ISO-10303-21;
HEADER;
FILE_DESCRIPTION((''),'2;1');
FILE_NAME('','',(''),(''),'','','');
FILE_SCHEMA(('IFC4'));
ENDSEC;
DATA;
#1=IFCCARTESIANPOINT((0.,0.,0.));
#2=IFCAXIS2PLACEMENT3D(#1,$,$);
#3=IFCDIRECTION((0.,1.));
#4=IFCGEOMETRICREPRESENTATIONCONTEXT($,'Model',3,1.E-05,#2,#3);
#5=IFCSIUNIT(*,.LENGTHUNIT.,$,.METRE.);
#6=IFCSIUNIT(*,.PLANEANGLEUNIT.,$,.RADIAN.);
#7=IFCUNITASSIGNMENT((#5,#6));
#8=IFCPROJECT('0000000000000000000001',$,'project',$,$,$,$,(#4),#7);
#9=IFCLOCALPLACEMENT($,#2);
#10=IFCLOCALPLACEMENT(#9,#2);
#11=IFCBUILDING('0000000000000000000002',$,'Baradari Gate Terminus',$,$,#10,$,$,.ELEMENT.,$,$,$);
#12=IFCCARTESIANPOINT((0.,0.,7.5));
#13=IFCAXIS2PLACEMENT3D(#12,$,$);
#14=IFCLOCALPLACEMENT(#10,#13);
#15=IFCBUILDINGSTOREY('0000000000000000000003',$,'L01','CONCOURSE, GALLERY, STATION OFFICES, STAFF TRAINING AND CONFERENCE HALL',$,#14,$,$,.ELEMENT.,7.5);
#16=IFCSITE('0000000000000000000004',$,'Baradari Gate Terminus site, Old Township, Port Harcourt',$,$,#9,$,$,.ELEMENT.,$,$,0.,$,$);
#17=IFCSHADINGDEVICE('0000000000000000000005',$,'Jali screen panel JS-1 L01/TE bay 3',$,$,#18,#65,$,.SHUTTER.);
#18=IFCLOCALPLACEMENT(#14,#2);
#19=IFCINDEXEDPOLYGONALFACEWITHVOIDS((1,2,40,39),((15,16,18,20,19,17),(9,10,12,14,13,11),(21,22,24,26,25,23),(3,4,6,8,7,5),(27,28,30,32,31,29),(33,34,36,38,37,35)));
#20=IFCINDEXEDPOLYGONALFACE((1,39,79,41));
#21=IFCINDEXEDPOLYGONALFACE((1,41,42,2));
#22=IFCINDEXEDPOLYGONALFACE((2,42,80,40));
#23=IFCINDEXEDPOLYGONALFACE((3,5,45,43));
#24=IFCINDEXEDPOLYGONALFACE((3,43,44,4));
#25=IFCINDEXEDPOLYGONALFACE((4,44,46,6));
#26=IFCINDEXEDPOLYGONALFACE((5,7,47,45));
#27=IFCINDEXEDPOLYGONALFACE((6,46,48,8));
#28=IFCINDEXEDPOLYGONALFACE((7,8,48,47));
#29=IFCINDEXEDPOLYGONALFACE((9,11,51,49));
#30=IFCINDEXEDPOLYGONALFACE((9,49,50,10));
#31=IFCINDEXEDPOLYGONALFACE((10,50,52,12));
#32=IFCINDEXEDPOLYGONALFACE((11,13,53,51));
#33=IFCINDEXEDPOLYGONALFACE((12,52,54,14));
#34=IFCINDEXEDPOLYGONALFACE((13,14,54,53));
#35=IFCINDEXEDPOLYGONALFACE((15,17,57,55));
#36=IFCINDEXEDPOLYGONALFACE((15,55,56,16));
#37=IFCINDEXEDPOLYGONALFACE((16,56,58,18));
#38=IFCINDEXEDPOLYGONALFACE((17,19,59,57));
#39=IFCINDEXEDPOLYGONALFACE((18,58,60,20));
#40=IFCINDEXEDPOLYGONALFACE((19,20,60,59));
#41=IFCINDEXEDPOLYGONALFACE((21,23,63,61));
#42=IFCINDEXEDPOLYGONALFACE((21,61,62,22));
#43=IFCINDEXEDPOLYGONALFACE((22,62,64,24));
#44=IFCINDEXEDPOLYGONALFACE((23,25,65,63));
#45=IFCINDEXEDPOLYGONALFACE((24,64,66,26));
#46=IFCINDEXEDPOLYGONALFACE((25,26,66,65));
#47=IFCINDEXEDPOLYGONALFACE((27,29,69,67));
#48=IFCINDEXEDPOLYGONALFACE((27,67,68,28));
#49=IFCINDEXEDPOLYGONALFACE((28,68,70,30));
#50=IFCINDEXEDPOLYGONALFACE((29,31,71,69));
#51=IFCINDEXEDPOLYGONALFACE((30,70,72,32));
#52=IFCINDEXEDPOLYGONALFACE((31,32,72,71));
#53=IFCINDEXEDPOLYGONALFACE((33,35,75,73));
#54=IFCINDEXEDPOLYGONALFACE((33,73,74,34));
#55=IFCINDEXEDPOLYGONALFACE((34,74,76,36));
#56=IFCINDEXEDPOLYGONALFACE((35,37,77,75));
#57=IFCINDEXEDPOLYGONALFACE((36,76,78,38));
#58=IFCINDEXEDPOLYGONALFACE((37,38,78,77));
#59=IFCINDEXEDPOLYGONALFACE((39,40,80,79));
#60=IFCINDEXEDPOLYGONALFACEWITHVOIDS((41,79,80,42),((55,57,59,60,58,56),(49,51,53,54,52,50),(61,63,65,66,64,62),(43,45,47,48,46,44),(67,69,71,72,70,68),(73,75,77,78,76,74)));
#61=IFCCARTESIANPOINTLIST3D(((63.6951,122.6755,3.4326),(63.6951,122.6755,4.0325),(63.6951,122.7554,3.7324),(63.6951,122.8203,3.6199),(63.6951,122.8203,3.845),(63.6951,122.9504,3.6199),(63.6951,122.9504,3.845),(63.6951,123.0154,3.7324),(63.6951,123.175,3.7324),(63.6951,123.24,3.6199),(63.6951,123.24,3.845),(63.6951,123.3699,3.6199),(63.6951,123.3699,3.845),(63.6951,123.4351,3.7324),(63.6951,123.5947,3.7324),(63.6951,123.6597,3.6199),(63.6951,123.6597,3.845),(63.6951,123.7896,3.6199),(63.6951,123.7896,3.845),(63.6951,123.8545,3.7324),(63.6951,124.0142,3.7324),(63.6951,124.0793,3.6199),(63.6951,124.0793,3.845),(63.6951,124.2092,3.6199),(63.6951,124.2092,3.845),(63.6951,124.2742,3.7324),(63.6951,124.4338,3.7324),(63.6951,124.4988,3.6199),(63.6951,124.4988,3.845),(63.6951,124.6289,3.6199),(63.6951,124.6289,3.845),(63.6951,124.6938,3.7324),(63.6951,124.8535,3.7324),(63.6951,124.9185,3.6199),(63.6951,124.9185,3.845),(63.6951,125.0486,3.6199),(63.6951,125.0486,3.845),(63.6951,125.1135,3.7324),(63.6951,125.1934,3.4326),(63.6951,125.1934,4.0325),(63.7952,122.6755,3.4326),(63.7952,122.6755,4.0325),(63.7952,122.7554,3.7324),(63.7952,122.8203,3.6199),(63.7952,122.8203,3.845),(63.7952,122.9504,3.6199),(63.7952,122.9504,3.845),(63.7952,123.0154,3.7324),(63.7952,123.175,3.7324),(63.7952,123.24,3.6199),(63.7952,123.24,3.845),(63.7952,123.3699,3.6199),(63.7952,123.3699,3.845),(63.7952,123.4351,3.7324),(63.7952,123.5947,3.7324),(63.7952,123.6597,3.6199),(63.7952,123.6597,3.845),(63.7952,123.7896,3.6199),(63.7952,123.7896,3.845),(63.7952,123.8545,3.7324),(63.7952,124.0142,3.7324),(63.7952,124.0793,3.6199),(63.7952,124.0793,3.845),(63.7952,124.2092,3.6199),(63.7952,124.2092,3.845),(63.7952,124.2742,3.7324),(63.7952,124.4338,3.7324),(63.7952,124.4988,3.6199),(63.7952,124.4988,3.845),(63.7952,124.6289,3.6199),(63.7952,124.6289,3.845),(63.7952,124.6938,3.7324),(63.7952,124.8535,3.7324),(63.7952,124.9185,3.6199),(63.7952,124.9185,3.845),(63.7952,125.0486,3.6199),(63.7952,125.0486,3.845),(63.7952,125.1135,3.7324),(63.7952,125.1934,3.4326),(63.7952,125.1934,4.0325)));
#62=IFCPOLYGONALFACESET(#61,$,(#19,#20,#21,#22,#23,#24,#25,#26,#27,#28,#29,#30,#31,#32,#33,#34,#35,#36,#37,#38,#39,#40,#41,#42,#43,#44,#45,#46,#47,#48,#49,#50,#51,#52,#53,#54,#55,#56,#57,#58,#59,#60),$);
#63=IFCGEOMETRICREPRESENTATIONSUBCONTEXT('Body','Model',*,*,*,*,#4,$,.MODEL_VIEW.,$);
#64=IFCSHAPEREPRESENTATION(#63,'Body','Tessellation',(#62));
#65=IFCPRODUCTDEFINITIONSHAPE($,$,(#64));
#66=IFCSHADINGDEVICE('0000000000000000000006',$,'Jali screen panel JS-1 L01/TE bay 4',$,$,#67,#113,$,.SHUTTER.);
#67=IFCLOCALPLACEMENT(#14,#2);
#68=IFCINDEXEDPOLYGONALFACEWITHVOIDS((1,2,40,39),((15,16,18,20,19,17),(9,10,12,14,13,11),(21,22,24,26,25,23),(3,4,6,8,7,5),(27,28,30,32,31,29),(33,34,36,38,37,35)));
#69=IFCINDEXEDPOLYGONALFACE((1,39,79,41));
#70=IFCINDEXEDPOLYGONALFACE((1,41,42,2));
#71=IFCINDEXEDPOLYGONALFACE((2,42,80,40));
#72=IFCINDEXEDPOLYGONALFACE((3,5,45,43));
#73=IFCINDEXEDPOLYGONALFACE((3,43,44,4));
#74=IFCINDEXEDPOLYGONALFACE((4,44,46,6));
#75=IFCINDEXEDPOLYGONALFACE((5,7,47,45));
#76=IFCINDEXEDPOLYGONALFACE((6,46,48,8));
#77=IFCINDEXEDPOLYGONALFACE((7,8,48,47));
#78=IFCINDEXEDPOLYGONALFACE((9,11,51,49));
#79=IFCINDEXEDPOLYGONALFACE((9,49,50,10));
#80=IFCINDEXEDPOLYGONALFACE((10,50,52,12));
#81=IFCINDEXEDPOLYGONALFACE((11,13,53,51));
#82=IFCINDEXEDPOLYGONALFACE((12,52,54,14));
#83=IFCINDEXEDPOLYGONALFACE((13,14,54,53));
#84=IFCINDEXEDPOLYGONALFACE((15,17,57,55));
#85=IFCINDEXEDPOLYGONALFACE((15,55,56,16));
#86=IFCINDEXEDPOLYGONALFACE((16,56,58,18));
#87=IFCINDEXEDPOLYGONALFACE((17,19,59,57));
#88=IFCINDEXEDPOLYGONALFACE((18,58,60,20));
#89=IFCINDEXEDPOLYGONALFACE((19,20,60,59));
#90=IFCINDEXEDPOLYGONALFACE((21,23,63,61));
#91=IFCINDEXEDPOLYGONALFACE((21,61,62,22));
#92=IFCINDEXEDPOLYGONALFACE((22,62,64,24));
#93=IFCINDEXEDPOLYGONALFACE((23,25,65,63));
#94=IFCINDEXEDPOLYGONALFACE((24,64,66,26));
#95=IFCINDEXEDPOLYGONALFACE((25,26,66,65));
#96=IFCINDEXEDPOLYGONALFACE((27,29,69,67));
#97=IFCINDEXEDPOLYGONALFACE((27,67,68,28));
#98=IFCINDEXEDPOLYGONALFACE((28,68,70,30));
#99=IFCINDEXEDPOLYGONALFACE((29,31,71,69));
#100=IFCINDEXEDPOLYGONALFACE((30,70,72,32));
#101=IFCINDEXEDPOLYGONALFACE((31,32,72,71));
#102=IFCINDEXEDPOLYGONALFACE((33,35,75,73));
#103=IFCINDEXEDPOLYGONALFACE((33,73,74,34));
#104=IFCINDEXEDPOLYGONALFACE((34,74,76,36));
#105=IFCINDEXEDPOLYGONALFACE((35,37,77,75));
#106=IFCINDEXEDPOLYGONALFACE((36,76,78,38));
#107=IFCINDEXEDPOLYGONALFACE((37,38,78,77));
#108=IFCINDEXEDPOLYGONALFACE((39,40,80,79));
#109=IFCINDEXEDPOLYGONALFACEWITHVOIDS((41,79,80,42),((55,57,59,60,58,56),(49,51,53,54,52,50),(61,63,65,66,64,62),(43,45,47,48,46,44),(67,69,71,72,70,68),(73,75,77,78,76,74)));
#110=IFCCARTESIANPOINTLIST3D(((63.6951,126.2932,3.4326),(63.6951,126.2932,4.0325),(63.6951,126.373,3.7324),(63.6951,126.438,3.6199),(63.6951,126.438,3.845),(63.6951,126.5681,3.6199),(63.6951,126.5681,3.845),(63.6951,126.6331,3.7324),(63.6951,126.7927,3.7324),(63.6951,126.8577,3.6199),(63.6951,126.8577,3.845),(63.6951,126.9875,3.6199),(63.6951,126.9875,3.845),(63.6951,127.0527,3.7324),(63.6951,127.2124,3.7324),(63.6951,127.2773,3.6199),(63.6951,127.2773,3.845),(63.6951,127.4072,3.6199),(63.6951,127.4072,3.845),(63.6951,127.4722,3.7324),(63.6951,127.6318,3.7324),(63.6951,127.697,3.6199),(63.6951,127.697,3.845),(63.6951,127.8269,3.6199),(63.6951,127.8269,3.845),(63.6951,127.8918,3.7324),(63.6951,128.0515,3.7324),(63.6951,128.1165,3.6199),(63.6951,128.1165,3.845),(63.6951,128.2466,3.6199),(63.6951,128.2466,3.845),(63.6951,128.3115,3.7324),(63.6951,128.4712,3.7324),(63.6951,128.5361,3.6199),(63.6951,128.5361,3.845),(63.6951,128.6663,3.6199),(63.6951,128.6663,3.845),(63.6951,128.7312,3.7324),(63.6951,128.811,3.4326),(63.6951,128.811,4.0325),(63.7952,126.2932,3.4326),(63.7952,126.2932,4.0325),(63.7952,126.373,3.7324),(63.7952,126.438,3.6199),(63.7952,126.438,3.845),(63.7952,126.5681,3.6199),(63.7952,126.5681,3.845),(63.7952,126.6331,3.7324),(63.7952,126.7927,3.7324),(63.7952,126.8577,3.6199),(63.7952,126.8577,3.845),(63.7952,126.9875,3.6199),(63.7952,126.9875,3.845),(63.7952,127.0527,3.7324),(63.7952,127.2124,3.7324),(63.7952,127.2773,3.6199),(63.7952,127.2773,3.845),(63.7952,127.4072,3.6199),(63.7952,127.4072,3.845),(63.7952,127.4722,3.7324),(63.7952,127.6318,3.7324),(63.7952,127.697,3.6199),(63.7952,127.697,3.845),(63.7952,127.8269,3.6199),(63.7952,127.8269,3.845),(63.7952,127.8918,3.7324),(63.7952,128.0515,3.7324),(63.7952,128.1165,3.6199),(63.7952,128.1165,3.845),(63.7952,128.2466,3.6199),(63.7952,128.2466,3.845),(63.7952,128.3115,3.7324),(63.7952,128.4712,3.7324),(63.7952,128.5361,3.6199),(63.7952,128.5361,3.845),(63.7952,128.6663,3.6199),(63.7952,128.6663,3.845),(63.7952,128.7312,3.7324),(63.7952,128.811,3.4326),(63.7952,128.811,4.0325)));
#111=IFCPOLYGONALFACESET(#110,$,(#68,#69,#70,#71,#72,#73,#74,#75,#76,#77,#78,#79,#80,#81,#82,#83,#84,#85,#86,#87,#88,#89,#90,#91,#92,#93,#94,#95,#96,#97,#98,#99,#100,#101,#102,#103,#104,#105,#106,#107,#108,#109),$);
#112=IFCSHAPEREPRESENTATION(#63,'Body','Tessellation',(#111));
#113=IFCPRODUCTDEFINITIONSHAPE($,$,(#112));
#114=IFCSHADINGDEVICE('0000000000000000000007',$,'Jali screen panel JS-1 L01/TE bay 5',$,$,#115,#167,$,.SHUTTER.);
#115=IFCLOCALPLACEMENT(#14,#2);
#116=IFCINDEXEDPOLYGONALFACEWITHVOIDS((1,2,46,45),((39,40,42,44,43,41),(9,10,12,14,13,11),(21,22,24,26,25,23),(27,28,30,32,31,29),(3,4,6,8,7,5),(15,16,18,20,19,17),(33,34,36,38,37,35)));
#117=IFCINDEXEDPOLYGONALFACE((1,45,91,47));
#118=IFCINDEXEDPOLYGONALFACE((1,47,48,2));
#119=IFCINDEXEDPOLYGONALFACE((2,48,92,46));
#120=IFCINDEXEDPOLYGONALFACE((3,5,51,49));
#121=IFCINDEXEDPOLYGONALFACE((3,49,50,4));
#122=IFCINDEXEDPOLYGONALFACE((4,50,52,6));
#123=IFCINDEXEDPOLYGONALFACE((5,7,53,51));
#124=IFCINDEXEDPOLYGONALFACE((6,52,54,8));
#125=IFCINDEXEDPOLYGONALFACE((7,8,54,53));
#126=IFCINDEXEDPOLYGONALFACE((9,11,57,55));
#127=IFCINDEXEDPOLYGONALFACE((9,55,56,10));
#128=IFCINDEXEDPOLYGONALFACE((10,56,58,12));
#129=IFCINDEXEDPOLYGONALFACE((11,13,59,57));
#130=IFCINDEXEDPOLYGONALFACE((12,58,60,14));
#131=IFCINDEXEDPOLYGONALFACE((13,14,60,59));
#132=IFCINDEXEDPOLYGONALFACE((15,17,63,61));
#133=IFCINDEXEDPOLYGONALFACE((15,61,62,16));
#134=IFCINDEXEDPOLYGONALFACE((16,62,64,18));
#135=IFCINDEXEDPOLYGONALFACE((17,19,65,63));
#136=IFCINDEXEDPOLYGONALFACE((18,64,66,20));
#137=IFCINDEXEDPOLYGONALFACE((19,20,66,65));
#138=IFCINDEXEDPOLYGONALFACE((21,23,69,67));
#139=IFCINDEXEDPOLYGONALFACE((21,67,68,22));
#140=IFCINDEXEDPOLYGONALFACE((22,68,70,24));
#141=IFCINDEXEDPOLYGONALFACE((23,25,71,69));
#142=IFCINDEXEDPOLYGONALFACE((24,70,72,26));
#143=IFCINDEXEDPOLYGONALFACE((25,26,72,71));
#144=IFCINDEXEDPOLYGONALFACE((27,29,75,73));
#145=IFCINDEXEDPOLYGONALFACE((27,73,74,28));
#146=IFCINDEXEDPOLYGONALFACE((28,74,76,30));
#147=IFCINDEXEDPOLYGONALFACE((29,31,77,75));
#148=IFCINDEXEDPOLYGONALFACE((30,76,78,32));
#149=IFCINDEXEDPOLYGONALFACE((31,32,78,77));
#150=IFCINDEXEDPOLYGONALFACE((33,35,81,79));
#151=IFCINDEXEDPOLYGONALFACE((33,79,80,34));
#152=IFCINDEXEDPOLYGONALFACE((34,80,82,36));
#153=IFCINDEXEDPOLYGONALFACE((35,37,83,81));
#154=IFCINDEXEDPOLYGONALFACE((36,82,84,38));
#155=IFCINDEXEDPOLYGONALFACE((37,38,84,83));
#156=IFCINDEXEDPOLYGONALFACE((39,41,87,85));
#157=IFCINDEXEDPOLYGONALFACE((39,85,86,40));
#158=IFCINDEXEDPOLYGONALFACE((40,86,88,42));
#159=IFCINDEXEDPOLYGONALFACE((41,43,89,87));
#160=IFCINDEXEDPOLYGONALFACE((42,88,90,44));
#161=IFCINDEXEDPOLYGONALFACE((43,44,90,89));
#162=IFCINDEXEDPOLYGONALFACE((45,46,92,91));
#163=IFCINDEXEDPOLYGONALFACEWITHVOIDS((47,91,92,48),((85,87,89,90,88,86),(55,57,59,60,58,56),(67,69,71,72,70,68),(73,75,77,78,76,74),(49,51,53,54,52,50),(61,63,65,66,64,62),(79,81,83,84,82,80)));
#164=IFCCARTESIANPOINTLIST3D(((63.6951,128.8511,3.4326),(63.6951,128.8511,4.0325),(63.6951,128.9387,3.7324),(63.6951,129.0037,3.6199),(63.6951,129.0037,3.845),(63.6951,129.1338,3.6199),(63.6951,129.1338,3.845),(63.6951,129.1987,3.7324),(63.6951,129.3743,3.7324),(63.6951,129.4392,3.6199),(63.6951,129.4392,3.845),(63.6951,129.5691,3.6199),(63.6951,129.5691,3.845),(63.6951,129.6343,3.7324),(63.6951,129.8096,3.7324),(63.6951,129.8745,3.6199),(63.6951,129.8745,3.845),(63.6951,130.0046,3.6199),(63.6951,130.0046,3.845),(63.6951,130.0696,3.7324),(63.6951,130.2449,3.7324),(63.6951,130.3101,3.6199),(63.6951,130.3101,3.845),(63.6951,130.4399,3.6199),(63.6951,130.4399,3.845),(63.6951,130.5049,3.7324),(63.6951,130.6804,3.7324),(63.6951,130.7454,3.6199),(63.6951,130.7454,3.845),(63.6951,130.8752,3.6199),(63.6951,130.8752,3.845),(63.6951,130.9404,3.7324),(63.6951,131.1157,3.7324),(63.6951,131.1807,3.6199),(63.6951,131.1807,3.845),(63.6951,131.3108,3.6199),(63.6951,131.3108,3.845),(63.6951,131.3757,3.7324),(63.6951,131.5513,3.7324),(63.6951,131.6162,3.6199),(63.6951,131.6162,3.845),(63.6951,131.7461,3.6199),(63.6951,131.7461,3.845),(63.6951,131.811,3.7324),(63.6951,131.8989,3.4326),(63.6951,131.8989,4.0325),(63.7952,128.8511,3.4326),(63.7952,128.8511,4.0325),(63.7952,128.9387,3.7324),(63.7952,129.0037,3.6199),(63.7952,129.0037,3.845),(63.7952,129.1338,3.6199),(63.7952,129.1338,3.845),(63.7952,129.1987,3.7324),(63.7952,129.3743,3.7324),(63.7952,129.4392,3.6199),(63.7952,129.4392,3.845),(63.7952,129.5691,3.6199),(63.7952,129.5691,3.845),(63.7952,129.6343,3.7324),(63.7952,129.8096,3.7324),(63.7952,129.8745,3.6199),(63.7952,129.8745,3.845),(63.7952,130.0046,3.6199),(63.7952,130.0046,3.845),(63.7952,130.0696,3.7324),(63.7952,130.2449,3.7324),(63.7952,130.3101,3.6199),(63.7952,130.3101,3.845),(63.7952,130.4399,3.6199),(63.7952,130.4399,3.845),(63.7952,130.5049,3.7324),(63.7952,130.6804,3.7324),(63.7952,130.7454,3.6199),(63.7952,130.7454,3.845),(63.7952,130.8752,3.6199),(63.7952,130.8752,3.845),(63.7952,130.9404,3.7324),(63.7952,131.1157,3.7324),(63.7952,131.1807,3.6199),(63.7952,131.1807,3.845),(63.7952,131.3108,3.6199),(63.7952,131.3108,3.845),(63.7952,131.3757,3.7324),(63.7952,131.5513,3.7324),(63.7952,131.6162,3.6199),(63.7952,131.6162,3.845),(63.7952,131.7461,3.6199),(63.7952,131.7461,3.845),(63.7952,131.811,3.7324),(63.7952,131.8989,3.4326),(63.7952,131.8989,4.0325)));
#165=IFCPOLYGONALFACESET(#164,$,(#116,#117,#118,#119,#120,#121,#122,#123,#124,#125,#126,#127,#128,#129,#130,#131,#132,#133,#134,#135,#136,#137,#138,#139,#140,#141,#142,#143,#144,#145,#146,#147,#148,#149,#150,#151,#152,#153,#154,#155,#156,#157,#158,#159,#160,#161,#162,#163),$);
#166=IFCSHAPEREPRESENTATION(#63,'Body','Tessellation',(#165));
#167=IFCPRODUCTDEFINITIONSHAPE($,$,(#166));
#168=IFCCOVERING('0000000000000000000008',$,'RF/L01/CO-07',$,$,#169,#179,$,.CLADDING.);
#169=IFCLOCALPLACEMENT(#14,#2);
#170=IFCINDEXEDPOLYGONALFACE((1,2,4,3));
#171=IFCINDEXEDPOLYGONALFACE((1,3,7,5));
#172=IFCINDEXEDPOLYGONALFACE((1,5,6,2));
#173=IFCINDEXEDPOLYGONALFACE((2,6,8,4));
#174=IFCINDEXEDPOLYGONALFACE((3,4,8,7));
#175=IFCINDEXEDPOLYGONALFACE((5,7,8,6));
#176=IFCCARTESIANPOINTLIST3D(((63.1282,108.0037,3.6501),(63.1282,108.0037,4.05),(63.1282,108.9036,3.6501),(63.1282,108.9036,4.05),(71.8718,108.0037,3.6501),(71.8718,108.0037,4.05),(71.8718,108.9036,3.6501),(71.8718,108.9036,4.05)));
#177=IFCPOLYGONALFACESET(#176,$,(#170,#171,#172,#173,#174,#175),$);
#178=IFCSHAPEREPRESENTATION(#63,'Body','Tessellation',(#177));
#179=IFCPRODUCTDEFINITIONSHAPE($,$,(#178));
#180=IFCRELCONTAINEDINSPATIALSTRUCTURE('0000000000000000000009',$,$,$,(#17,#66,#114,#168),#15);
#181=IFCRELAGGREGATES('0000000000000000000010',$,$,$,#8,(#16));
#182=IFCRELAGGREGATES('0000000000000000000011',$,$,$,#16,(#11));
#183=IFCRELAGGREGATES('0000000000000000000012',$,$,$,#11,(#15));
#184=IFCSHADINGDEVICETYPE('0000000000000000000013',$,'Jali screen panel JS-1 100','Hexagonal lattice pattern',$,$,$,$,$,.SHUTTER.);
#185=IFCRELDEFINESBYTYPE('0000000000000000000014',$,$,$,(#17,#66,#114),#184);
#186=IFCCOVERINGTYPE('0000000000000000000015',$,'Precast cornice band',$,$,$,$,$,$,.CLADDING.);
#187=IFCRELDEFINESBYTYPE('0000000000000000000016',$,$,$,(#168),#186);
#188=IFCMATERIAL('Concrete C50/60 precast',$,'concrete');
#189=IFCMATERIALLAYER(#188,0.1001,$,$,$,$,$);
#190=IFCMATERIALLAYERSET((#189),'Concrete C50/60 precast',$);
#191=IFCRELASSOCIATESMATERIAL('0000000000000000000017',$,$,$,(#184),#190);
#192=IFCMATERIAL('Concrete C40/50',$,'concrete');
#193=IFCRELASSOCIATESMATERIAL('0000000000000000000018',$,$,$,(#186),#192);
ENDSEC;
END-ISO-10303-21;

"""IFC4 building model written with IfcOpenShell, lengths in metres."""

from ifc_helpers import new_model, si_unit, direction, frame, origin, origin_2d, place, context, subcontext, project, spatial, polyline, rectangle, outline, extrude, material, layer, layer_set, type_object, element, save


model = new_model("IFC4")

# Units and contexts
model_context = context("Model", 3, precision=1e-05, world=origin(), true_north=direction((0.0, 1.0)))
body_context = subcontext(model_context, "Body", "Model", "MODEL_VIEW")
ifc_project = project(units=[si_unit("LENGTHUNIT", "METRE"), si_unit("PLANEANGLEUNIT", "RADIAN")], contexts=[model_context])

# Site, building, storey
site_placement = place(None, origin())
site = spatial("IfcSite", under=ifc_project, at=site_placement, Name="Baradari Gate Terminus site, Old Township, Port Harcourt", CompositionType="ELEMENT", RefElevation=0.0)
building_placement = place(site_placement, origin())
building = spatial("IfcBuilding", under=site, at=building_placement, Name="Baradari Gate Terminus", CompositionType="ELEMENT")
storey_placement = place(building_placement, frame((0.0, 0.0, 7.5)))
storey = spatial("IfcBuildingStorey", under=building, at=storey_placement, Name="L01", Description="CONCOURSE, GALLERY, STATION OFFICES, STAFF TRAINING AND CONFERENCE HALL", CompositionType="ELEMENT", Elevation=7.5)

# Shading devices
ifc_material_1 = material(Name="Concrete C50/60 precast", Category="concrete")
ifc_layer_1 = layer(ifc_material_1, 0.1001)
ifc_layer_set_1 = layer_set([ifc_layer_1], Name="Concrete C50/60 precast")
shading_device_type_1 = type_object("IfcShadingDeviceType", Name="Jali screen panel JS-1 100", Description="Hexagonal lattice pattern", PredefinedType="SHUTTER", material=ifc_layer_set_1)
for number, where, z_axis, x_axis, name in (
    (1, (63.7451, 122.6755, 3.4326), (0.0, 0.0, 1.0), (0.0, 1.0, 0.0), "Jali screen panel JS-1 L01/TE bay 3"),
    (2, (63.7451, 126.2932, 3.4326), (0.0, 0.0, 1.0), (0.0, 1.0, 0.0), "Jali screen panel JS-1 L01/TE bay 4"),
):
    element("IfcShadingDevice", number, at=place(storey_placement, frame(where, z_axis=z_axis, x_axis=x_axis)), inside=storey, type_object=shading_device_type_1, Name=name, PredefinedType="SHUTTER", context=body_context, shape_type="SweptSolid", body=[
        extrude(outline(polyline([(0.0, 0.0), (2.5178, 0.0), (2.5178, 0.5999), (0.0, 0.5999), (0.0, 0.0)]), holes=[polyline([(0.3398, 0.2998), (0.2749, 0.1873), (0.1448, 0.1873), (0.0798, 0.2998), (0.1448, 0.4124), (0.2749, 0.4124), (0.3398, 0.2998)]), polyline([(0.7595, 0.2998), (0.6943, 0.1873), (0.5645, 0.1873), (0.4995, 0.2998), (0.5645, 0.4124), (0.6943, 0.4124), (0.7595, 0.2998)]), polyline([(1.179, 0.2998), (1.114, 0.1873), (0.9841, 0.1873), (0.9192, 0.2998), (0.9841, 0.4124), (1.114, 0.4124), (1.179, 0.2998)]), polyline([(1.5986, 0.2998), (1.5337, 0.1873), (1.4038, 0.1873), (1.3386, 0.2998), (1.4038, 0.4124), (1.5337, 0.4124), (1.5986, 0.2998)]), polyline([(2.0183, 0.2998), (1.9534, 0.1873), (1.8232, 0.1873), (1.7583, 0.2998), (1.8232, 0.4124), (1.9534, 0.4124), (2.0183, 0.2998)]), polyline([(2.438, 0.2998), (2.373, 0.1873), (2.2429, 0.1873), (2.178, 0.2998), (2.2429, 0.4124), (2.373, 0.4124), (2.438, 0.2998)])]), frame((0.0, 0.05, 0.0), z_axis=(0.0, -1.0, 0.0), x_axis=(1.0, 0.0, 0.0)), (0.0, 0.0, 1.0), 0.1001),
    ])
shading_device_1_placement = place(storey_placement, frame((63.7451, 128.8511, 3.4326), z_axis=(0.0, 0.0, 1.0), x_axis=(0.0, 1.0, 0.0)))
element("IfcShadingDevice", 3, at=shading_device_1_placement, inside=storey, type_object=shading_device_type_1, Name="Jali screen panel JS-1 L01/TE bay 5", PredefinedType="SHUTTER", context=body_context, shape_type="SweptSolid", body=[
    extrude(outline(polyline([(0.0, 0.0), (3.0479, 0.0), (3.0479, 0.5999), (0.0, 0.5999), (0.0, 0.0)]), holes=[polyline([(0.3477, 0.2998), (0.2827, 0.1873), (0.1526, 0.1873), (0.0876, 0.2998), (0.1526, 0.4124), (0.2827, 0.4124), (0.3477, 0.2998)]), polyline([(0.7832, 0.2998), (0.718, 0.1873), (0.5881, 0.1873), (0.5232, 0.2998), (0.5881, 0.4124), (0.718, 0.4124), (0.7832, 0.2998)]), polyline([(1.2185, 0.2998), (1.1536, 0.1873), (1.0234, 0.1873), (0.9585, 0.2998), (1.0234, 0.4124), (1.1536, 0.4124), (1.2185, 0.2998)]), polyline([(1.6538, 0.2998), (1.5889, 0.1873), (1.459, 0.1873), (1.3938, 0.2998), (1.459, 0.4124), (1.5889, 0.4124), (1.6538, 0.2998)]), polyline([(2.0894, 0.2998), (2.0242, 0.1873), (1.8943, 0.1873), (1.8293, 0.2998), (1.8943, 0.4124), (2.0242, 0.4124), (2.0894, 0.2998)]), polyline([(2.5247, 0.2998), (2.4597, 0.1873), (2.3296, 0.1873), (2.2646, 0.2998), (2.3296, 0.4124), (2.4597, 0.4124), (2.5247, 0.2998)]), polyline([(2.96, 0.2998), (2.895, 0.1873), (2.7651, 0.1873), (2.7002, 0.2998), (2.7651, 0.4124), (2.895, 0.4124), (2.96, 0.2998)])]), frame((0.0, 0.05, 0.0), z_axis=(0.0, -1.0, 0.0), x_axis=(1.0, 0.0, 0.0)), (0.0, 0.0, 1.0), 0.1001),
])

# Covering
ifc_material_2 = material(Name="Concrete C40/50", Category="concrete")
covering_type_1 = type_object("IfcCoveringType", Name="Precast cornice band", PredefinedType="CLADDING", material=ifc_material_2)
for number, where, z_axis, x_axis, name in (
    (4, (67.5, 108.4536, 3.6501), (0.0, 0.0, 1.0), (1.0, 0.0, 0.0), "RF/L01/CO-07"),
):
    element("IfcCovering", number, at=place(storey_placement, frame(where, z_axis=z_axis, x_axis=x_axis)), inside=storey, type_object=covering_type_1, Name=name, PredefinedType="CLADDING", context=body_context, shape_type="SweptSolid", body=[
        extrude(rectangle(XDim=8.7437, YDim=0.8999, at=origin_2d()), origin(), (0.0, 0.0, 1.0), 0.3999),
    ])

save(model, "model.ifc")
